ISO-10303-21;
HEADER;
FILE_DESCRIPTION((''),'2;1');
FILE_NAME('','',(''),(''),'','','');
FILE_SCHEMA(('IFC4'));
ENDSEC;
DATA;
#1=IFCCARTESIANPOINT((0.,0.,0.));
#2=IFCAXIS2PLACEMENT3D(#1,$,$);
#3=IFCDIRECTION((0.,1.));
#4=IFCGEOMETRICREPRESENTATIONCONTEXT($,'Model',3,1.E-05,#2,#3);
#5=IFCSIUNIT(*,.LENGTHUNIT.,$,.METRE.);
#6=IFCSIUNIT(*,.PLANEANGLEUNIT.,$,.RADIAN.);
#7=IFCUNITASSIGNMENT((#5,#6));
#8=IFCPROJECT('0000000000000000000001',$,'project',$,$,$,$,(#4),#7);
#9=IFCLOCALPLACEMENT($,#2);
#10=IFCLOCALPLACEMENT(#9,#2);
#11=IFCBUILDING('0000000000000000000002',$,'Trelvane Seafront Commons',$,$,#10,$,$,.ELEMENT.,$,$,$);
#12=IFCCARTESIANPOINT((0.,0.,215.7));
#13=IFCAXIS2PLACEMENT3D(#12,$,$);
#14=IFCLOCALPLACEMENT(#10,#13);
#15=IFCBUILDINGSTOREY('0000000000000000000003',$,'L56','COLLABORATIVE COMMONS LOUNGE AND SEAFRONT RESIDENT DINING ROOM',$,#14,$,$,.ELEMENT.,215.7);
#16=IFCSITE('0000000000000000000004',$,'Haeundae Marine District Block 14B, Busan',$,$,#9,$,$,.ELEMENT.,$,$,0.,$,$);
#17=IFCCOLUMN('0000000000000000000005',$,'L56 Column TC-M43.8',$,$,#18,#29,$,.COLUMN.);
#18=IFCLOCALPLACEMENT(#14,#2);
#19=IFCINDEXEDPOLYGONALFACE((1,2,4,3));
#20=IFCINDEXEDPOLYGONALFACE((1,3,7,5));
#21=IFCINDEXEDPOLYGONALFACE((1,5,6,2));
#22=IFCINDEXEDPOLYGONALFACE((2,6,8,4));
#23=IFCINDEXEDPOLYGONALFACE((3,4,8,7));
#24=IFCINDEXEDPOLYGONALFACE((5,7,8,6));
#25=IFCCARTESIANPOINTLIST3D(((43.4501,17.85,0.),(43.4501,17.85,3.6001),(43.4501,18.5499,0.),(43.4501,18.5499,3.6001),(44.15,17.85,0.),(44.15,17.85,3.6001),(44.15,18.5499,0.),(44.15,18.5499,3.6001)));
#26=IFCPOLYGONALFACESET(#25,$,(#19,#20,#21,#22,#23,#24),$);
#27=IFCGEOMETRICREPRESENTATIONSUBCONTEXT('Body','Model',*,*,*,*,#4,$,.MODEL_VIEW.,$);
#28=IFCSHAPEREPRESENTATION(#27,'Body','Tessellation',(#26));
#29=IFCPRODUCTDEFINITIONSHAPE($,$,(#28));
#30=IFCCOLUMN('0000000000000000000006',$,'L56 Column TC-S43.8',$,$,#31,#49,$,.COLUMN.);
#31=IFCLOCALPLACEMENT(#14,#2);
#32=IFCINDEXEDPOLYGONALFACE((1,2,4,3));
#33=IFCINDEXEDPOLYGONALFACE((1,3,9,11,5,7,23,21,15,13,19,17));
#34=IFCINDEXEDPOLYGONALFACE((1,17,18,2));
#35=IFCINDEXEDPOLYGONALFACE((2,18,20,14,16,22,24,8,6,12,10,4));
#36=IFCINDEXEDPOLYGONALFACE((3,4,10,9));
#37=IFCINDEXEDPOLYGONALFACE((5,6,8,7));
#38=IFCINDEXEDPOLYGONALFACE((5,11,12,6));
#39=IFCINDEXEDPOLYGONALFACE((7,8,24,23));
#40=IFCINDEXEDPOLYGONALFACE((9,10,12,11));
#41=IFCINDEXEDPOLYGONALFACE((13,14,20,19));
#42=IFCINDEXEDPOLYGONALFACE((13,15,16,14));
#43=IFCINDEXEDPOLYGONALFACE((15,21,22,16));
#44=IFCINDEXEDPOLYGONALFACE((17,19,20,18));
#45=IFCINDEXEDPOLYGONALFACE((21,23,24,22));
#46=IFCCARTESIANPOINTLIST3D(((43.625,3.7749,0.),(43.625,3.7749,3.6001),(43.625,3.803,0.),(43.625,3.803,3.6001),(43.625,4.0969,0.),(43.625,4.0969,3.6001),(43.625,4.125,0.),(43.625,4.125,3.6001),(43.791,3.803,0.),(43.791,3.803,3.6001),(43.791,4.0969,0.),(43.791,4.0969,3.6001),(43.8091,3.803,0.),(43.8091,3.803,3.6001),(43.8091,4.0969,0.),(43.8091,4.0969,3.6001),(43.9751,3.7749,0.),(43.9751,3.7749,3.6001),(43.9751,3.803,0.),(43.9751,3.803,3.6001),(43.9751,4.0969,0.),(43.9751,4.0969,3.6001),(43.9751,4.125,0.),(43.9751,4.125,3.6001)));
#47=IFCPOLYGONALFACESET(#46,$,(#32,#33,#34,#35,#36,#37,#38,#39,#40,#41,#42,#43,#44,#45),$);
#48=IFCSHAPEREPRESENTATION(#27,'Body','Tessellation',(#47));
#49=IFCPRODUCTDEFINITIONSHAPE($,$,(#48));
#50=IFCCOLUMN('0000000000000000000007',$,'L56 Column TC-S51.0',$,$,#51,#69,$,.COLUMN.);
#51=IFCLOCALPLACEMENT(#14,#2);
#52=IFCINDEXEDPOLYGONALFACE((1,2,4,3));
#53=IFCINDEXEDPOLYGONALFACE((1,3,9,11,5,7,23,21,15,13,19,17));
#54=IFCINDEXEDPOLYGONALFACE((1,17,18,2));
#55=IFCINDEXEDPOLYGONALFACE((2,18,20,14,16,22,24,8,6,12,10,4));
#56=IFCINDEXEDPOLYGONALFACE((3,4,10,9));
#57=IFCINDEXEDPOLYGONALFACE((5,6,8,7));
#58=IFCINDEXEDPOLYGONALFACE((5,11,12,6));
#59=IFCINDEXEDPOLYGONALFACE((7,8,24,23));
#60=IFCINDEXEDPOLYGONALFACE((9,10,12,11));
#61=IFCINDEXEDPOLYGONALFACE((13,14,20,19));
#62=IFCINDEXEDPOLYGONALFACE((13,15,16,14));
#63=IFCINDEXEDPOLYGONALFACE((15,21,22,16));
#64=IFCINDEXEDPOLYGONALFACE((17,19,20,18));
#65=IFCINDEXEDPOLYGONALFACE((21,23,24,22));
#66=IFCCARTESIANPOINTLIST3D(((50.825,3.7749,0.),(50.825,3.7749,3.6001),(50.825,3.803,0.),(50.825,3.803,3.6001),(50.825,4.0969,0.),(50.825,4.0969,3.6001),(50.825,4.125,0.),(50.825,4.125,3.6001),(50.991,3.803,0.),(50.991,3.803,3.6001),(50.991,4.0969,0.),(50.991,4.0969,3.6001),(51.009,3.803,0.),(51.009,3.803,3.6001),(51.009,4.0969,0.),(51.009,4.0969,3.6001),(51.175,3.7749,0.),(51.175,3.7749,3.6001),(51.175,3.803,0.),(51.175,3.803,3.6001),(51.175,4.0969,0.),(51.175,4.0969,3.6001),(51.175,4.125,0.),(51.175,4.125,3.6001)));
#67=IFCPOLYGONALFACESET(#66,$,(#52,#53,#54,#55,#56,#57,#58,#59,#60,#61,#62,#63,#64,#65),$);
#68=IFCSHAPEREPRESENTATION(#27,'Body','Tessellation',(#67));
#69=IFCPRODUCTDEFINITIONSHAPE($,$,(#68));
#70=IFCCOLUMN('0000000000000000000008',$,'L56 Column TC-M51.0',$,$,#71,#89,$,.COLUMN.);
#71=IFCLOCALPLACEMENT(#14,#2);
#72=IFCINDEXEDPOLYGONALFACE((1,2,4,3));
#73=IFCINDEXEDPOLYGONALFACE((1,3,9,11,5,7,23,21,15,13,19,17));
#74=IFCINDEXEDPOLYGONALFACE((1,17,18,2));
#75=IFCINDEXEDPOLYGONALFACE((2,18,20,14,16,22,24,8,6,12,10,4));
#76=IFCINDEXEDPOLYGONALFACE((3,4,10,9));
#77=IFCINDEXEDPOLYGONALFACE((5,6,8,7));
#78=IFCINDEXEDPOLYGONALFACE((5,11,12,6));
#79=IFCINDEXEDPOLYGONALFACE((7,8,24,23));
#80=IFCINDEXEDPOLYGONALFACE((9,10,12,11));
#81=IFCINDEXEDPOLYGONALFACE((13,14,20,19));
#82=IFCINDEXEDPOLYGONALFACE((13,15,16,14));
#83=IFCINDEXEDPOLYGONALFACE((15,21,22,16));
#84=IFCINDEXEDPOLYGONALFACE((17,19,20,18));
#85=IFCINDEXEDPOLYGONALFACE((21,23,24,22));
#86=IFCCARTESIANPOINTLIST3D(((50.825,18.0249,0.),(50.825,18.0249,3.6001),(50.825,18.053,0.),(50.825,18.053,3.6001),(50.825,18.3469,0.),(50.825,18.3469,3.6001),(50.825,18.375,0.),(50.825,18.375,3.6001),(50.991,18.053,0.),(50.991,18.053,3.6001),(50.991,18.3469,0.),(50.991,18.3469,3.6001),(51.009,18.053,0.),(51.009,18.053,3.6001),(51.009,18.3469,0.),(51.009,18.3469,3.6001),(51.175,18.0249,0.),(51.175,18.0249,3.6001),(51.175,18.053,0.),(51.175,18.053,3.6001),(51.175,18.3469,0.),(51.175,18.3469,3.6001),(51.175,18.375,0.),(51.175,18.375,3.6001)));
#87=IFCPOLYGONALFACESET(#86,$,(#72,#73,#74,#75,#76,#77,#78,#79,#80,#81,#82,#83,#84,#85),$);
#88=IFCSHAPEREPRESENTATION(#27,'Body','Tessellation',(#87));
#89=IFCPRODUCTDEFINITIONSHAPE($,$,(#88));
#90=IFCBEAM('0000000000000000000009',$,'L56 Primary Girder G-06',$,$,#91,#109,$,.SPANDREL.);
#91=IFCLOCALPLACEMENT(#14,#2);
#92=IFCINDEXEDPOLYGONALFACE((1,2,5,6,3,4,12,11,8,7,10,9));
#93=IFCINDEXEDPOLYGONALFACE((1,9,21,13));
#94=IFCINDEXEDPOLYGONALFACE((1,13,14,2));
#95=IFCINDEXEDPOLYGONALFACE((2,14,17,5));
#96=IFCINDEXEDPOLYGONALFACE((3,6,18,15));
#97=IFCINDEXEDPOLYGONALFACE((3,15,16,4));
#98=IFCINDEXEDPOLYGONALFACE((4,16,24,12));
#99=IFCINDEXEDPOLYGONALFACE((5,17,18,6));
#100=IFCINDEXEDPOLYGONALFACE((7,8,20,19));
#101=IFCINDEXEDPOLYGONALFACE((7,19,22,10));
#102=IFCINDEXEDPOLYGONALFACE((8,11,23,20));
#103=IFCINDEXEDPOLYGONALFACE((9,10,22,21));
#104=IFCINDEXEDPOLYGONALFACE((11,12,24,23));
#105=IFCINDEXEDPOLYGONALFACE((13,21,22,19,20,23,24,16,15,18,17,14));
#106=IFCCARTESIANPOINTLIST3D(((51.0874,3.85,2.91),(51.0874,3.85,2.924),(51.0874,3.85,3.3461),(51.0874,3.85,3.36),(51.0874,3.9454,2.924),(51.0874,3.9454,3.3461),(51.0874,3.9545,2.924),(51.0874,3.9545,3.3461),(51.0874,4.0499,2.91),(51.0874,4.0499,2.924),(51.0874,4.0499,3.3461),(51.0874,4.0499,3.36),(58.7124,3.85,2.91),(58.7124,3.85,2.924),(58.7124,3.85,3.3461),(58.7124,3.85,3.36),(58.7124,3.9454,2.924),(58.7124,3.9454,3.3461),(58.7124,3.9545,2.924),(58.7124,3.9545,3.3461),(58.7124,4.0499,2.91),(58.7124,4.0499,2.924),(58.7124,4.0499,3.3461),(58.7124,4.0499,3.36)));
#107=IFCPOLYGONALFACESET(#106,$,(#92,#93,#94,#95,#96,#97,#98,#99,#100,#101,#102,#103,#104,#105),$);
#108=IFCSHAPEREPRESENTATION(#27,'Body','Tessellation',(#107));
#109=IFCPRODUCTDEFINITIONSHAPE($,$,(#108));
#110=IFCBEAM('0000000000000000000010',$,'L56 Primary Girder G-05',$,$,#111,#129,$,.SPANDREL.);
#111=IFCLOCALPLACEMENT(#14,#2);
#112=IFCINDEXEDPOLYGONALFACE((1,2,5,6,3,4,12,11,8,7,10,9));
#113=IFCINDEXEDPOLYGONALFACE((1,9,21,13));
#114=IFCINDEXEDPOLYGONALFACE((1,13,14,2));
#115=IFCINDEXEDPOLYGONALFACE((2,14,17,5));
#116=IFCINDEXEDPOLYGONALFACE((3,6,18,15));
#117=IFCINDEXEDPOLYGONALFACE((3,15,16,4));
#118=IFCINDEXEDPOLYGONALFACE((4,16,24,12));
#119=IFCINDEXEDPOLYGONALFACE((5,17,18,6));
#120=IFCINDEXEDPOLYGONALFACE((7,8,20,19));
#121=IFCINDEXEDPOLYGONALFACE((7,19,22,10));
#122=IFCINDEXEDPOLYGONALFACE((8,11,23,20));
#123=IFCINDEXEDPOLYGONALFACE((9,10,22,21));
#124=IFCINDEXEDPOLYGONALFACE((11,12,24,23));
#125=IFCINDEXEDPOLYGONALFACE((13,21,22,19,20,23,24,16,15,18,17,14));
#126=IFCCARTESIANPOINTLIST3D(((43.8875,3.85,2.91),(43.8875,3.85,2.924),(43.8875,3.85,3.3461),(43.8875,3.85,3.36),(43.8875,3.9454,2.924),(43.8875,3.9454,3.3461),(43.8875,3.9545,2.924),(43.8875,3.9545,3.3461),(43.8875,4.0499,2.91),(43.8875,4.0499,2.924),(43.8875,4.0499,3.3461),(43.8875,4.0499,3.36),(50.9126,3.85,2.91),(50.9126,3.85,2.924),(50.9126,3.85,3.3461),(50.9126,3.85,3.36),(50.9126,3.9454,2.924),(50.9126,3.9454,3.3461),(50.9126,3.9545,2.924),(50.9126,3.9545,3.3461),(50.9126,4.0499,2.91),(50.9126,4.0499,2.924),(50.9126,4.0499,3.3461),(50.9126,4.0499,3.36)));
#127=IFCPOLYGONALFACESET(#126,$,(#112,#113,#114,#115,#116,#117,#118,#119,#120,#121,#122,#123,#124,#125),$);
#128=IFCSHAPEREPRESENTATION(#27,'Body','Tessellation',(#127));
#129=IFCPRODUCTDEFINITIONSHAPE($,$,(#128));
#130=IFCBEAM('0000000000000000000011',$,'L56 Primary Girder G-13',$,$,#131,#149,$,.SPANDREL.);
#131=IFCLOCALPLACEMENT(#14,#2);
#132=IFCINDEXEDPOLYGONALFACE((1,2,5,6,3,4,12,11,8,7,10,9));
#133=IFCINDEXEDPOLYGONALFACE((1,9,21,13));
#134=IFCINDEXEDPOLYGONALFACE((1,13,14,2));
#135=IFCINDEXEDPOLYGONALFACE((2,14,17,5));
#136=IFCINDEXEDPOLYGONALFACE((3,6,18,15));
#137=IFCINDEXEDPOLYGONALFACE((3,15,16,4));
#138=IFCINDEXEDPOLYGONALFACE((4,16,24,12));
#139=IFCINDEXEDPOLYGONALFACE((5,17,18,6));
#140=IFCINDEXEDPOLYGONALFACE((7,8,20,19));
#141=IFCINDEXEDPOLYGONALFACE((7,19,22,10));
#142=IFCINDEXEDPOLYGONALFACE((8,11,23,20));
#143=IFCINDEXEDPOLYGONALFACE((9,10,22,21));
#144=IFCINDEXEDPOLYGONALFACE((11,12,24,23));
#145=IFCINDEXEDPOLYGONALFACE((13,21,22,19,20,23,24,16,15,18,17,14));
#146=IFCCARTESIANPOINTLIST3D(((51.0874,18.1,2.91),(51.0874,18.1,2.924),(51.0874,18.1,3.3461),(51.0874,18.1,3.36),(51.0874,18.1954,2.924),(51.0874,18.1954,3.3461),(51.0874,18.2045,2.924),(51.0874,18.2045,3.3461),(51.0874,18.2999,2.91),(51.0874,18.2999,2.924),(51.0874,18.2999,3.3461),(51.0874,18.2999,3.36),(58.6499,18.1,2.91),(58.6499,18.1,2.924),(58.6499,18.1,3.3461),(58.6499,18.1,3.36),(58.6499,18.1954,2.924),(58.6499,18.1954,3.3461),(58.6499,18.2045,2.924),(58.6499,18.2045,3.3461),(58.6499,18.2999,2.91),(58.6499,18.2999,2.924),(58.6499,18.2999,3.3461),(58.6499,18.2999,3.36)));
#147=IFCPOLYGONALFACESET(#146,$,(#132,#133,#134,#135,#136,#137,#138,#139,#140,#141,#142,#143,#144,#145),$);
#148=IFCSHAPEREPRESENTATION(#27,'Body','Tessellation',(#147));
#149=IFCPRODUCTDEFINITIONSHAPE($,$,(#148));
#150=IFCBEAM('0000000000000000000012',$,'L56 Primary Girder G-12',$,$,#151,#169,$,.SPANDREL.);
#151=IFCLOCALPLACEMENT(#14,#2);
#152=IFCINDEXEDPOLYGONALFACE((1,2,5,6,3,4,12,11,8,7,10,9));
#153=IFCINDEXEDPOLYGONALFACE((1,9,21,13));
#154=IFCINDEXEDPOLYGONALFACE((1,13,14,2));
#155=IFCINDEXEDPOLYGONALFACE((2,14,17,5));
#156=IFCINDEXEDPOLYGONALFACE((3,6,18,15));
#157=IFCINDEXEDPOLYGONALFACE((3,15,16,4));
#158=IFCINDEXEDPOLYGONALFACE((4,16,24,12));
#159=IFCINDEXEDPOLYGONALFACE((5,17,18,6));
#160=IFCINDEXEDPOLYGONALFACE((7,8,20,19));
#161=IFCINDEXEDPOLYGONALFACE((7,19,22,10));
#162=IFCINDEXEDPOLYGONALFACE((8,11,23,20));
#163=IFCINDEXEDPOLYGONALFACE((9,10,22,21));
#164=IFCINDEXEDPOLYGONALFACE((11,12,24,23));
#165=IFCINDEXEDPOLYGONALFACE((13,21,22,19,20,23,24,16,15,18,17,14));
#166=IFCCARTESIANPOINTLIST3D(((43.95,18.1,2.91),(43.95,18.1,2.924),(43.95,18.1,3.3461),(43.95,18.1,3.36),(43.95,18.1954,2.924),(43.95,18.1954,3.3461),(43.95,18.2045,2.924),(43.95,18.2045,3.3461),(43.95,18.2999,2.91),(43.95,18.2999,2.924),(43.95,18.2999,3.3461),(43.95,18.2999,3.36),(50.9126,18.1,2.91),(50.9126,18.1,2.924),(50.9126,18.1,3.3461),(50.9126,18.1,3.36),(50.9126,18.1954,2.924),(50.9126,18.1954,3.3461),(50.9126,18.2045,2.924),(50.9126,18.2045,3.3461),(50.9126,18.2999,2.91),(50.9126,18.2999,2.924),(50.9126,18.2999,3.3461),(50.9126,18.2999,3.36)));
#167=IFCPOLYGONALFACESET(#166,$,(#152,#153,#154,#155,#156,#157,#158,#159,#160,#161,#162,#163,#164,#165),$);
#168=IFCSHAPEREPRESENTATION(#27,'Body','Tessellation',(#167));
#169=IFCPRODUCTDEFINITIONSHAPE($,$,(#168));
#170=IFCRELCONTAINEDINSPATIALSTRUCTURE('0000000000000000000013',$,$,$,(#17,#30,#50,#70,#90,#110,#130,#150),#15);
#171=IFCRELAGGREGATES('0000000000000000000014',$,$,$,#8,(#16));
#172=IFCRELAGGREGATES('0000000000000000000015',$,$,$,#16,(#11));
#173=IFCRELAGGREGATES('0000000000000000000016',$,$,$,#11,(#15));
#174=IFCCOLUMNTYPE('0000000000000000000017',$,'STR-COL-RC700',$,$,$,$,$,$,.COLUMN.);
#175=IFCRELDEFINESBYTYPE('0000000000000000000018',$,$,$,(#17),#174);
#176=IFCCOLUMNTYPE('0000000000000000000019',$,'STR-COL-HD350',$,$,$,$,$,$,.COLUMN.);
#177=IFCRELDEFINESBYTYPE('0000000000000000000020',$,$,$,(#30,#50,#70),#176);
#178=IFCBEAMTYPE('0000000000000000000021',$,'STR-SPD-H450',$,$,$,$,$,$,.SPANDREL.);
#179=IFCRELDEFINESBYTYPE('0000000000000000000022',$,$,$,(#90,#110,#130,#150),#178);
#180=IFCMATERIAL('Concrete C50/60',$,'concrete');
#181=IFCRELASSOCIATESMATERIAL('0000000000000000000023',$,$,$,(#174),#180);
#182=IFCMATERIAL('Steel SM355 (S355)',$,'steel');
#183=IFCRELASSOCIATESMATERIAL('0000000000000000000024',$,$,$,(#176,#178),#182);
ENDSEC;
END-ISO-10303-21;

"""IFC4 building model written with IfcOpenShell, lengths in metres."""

from ifc_helpers import new_model, si_unit, direction, frame, origin, origin_2d, place, context, subcontext, project, spatial, rectangle, i_section, extrude, source, transform, mapped, material, material_profile, profile_set, type_object, element, save


model = new_model("IFC4")

# Units and contexts
model_context = context("Model", 3, precision=1e-05, world=origin(), true_north=direction((0.0, 1.0)))
body_context = subcontext(model_context, "Body", "Model", "MODEL_VIEW")
ifc_project = project(units=[si_unit("LENGTHUNIT", "METRE"), si_unit("PLANEANGLEUNIT", "RADIAN")], contexts=[model_context])

# Site, building, storey
site_placement = place(None, origin())
site = spatial("IfcSite", under=ifc_project, at=site_placement, Name="Haeundae Marine District Block 14B, Busan", CompositionType="ELEMENT", RefElevation=0.0)
building_placement = place(site_placement, origin())
building = spatial("IfcBuilding", under=site, at=building_placement, Name="Trelvane Seafront Commons", CompositionType="ELEMENT")
storey_placement = place(building_placement, frame((0.0, 0.0, 215.7)))
storey = spatial("IfcBuildingStorey", under=building, at=storey_placement, Name="L56", Description="COLLABORATIVE COMMONS LOUNGE AND SEAFRONT RESIDENT DINING ROOM", CompositionType="ELEMENT", Elevation=215.7)

# Columns
ifc_material_1 = material(Name="Concrete C50/60", Category="concrete")
ifc_material_profile_1 = material_profile(ifc_material_1, rectangle(XDim=0.7, YDim=0.7, at=origin_2d()), Name="RC-700x700")
ifc_profile_set_1 = profile_set([ifc_material_profile_1], Name="Concrete C50/60")
column_type_1 = type_object("IfcColumnType", Name="STR-COL-RC700", PredefinedType="COLUMN", material=ifc_profile_set_1)
shared_shape_1 = source(origin(), body_context, "Body", "SweptSolid", [
    extrude(rectangle(XDim=0.7, YDim=0.7, at=origin_2d()), origin(), (0.0, 0.0, 1.0), 3.6001),
])
column_placement = place(storey_placement, frame((43.8, 18.2, 0.0), z_axis=(0.0, 0.0, 1.0), x_axis=(1.0, 0.0, 0.0)))
element("IfcColumn", 1, at=column_placement, inside=storey, type_object=column_type_1, Name="L56 Column TC-M43.8", PredefinedType="COLUMN", context=body_context, shape_type="MappedRepresentation", body=[
    mapped(shared_shape_1, transform((0.0, 0.0, 0.0), x_axis=(1.0, 0.0, 0.0), y_axis=(0.0, 1.0, 0.0), z_axis=(0.0, 0.0, 1.0), scale=1.0)),
])
ifc_material_2 = material(Name="Steel SM355 (S355)", Category="steel")
ifc_material_profile_2 = material_profile(ifc_material_2, i_section(OverallWidth=0.3501, OverallDepth=0.3501, WebThickness=0.0181, FlangeThickness=0.0281, at=origin_2d()), Name="HD-350x350x18x28")
ifc_profile_set_2 = profile_set([ifc_material_profile_2], Name="Steel SM355 (S355)")
column_type_2 = type_object("IfcColumnType", Name="STR-COL-HD350", PredefinedType="COLUMN", material=ifc_profile_set_2)
shared_shape_2 = source(origin(), body_context, "Body", "SweptSolid", [
    extrude(i_section(OverallWidth=0.3501, OverallDepth=0.3501, WebThickness=0.0181, FlangeThickness=0.0281, at=origin_2d()), origin(), (0.0, 0.0, 1.0), 3.6001),
])
for number, where, z_axis, x_axis, name in (
    (2, (43.8, 3.95, 0.0), (0.0, 0.0, 1.0), (1.0, 0.0, 0.0), "L56 Column TC-S43.8"),
    (3, (51.0, 3.95, 0.0), (0.0, 0.0, 1.0), (1.0, 0.0, 0.0), "L56 Column TC-S51.0"),
    (4, (51.0, 18.2, 0.0), (0.0, 0.0, 1.0), (1.0, 0.0, 0.0), "L56 Column TC-M51.0"),
):
    element("IfcColumn", number, at=place(storey_placement, frame(where, z_axis=z_axis, x_axis=x_axis)), inside=storey, type_object=column_type_2, Name=name, PredefinedType="COLUMN", context=body_context, shape_type="MappedRepresentation", body=[
        mapped(shared_shape_2, transform((0.0, 0.0, 0.0), x_axis=(1.0, 0.0, 0.0), y_axis=(0.0, 1.0, 0.0), z_axis=(0.0, 0.0, 1.0), scale=1.0)),
    ])

# Beams
ifc_material_profile_3 = material_profile(ifc_material_2, i_section(OverallWidth=0.2, OverallDepth=0.45, WebThickness=0.009, FlangeThickness=0.0139, at=origin_2d()), Name="H-450x200x9x14")
ifc_profile_set_3 = profile_set([ifc_material_profile_3], Name="Steel SM355 (S355)")
beam_type_1 = type_object("IfcBeamType", Name="STR-SPD-H450", PredefinedType="SPANDREL", material=ifc_profile_set_3)
shared_shape_3 = source(origin(), body_context, "Body", "SweptSolid", [
    extrude(i_section(OverallWidth=0.2, OverallDepth=0.45, WebThickness=0.009, FlangeThickness=0.0139, at=origin_2d()), origin(), (0.0, 0.0, 1.0), 7.625),
])
beam_1_placement = place(storey_placement, frame((51.0874, 3.95, 3.135), z_axis=(1.0, 0.0, 0.0), x_axis=(0.0, 1.0, 0.0)))
element("IfcBeam", 5, at=beam_1_placement, inside=storey, type_object=beam_type_1, Name="L56 Primary Girder G-06", PredefinedType="SPANDREL", context=body_context, shape_type="MappedRepresentation", body=[
    mapped(shared_shape_3, transform((0.0, 0.0, 0.0), x_axis=(1.0, 0.0, 0.0), y_axis=(0.0, 1.0, 0.0), z_axis=(0.0, 0.0, 1.0), scale=1.0)),
])
shared_shape_4 = source(origin(), body_context, "Body", "SweptSolid", [
    extrude(i_section(OverallWidth=0.2, OverallDepth=0.45, WebThickness=0.009, FlangeThickness=0.0139, at=origin_2d()), origin(), (0.0, 0.0, 1.0), 7.0251),
])
beam_2_placement = place(storey_placement, frame((43.8875, 3.95, 3.135), z_axis=(1.0, 0.0, 0.0), x_axis=(0.0, 1.0, 0.0)))
element("IfcBeam", 6, at=beam_2_placement, inside=storey, type_object=beam_type_1, Name="L56 Primary Girder G-05", PredefinedType="SPANDREL", context=body_context, shape_type="MappedRepresentation", body=[
    mapped(shared_shape_4, transform((0.0, 0.0, 0.0), x_axis=(1.0, 0.0, 0.0), y_axis=(0.0, 1.0, 0.0), z_axis=(0.0, 0.0, 1.0), scale=1.0)),
])
shared_shape_5 = source(origin(), body_context, "Body", "SweptSolid", [
    extrude(i_section(OverallWidth=0.2, OverallDepth=0.45, WebThickness=0.009, FlangeThickness=0.0139, at=origin_2d()), origin(), (0.0, 0.0, 1.0), 7.5625),
])
beam_3_placement = place(storey_placement, frame((51.0874, 18.2, 3.135), z_axis=(1.0, 0.0, 0.0), x_axis=(0.0, 1.0, 0.0)))
element("IfcBeam", 7, at=beam_3_placement, inside=storey, type_object=beam_type_1, Name="L56 Primary Girder G-13", PredefinedType="SPANDREL", context=body_context, shape_type="MappedRepresentation", body=[
    mapped(shared_shape_5, transform((0.0, 0.0, 0.0), x_axis=(1.0, 0.0, 0.0), y_axis=(0.0, 1.0, 0.0), z_axis=(0.0, 0.0, 1.0), scale=1.0)),
])
shared_shape_6 = source(origin(), body_context, "Body", "SweptSolid", [
    extrude(i_section(OverallWidth=0.2, OverallDepth=0.45, WebThickness=0.009, FlangeThickness=0.0139, at=origin_2d()), origin(), (0.0, 0.0, 1.0), 6.9626),
])
beam_4_placement = place(storey_placement, frame((43.95, 18.2, 3.135), z_axis=(1.0, 0.0, 0.0), x_axis=(0.0, 1.0, 0.0)))
element("IfcBeam", 8, at=beam_4_placement, inside=storey, type_object=beam_type_1, Name="L56 Primary Girder G-12", PredefinedType="SPANDREL", context=body_context, shape_type="MappedRepresentation", body=[
    mapped(shared_shape_6, transform((0.0, 0.0, 0.0), x_axis=(1.0, 0.0, 0.0), y_axis=(0.0, 1.0, 0.0), z_axis=(0.0, 0.0, 1.0), scale=1.0)),
])

save(model, "model.ifc")
